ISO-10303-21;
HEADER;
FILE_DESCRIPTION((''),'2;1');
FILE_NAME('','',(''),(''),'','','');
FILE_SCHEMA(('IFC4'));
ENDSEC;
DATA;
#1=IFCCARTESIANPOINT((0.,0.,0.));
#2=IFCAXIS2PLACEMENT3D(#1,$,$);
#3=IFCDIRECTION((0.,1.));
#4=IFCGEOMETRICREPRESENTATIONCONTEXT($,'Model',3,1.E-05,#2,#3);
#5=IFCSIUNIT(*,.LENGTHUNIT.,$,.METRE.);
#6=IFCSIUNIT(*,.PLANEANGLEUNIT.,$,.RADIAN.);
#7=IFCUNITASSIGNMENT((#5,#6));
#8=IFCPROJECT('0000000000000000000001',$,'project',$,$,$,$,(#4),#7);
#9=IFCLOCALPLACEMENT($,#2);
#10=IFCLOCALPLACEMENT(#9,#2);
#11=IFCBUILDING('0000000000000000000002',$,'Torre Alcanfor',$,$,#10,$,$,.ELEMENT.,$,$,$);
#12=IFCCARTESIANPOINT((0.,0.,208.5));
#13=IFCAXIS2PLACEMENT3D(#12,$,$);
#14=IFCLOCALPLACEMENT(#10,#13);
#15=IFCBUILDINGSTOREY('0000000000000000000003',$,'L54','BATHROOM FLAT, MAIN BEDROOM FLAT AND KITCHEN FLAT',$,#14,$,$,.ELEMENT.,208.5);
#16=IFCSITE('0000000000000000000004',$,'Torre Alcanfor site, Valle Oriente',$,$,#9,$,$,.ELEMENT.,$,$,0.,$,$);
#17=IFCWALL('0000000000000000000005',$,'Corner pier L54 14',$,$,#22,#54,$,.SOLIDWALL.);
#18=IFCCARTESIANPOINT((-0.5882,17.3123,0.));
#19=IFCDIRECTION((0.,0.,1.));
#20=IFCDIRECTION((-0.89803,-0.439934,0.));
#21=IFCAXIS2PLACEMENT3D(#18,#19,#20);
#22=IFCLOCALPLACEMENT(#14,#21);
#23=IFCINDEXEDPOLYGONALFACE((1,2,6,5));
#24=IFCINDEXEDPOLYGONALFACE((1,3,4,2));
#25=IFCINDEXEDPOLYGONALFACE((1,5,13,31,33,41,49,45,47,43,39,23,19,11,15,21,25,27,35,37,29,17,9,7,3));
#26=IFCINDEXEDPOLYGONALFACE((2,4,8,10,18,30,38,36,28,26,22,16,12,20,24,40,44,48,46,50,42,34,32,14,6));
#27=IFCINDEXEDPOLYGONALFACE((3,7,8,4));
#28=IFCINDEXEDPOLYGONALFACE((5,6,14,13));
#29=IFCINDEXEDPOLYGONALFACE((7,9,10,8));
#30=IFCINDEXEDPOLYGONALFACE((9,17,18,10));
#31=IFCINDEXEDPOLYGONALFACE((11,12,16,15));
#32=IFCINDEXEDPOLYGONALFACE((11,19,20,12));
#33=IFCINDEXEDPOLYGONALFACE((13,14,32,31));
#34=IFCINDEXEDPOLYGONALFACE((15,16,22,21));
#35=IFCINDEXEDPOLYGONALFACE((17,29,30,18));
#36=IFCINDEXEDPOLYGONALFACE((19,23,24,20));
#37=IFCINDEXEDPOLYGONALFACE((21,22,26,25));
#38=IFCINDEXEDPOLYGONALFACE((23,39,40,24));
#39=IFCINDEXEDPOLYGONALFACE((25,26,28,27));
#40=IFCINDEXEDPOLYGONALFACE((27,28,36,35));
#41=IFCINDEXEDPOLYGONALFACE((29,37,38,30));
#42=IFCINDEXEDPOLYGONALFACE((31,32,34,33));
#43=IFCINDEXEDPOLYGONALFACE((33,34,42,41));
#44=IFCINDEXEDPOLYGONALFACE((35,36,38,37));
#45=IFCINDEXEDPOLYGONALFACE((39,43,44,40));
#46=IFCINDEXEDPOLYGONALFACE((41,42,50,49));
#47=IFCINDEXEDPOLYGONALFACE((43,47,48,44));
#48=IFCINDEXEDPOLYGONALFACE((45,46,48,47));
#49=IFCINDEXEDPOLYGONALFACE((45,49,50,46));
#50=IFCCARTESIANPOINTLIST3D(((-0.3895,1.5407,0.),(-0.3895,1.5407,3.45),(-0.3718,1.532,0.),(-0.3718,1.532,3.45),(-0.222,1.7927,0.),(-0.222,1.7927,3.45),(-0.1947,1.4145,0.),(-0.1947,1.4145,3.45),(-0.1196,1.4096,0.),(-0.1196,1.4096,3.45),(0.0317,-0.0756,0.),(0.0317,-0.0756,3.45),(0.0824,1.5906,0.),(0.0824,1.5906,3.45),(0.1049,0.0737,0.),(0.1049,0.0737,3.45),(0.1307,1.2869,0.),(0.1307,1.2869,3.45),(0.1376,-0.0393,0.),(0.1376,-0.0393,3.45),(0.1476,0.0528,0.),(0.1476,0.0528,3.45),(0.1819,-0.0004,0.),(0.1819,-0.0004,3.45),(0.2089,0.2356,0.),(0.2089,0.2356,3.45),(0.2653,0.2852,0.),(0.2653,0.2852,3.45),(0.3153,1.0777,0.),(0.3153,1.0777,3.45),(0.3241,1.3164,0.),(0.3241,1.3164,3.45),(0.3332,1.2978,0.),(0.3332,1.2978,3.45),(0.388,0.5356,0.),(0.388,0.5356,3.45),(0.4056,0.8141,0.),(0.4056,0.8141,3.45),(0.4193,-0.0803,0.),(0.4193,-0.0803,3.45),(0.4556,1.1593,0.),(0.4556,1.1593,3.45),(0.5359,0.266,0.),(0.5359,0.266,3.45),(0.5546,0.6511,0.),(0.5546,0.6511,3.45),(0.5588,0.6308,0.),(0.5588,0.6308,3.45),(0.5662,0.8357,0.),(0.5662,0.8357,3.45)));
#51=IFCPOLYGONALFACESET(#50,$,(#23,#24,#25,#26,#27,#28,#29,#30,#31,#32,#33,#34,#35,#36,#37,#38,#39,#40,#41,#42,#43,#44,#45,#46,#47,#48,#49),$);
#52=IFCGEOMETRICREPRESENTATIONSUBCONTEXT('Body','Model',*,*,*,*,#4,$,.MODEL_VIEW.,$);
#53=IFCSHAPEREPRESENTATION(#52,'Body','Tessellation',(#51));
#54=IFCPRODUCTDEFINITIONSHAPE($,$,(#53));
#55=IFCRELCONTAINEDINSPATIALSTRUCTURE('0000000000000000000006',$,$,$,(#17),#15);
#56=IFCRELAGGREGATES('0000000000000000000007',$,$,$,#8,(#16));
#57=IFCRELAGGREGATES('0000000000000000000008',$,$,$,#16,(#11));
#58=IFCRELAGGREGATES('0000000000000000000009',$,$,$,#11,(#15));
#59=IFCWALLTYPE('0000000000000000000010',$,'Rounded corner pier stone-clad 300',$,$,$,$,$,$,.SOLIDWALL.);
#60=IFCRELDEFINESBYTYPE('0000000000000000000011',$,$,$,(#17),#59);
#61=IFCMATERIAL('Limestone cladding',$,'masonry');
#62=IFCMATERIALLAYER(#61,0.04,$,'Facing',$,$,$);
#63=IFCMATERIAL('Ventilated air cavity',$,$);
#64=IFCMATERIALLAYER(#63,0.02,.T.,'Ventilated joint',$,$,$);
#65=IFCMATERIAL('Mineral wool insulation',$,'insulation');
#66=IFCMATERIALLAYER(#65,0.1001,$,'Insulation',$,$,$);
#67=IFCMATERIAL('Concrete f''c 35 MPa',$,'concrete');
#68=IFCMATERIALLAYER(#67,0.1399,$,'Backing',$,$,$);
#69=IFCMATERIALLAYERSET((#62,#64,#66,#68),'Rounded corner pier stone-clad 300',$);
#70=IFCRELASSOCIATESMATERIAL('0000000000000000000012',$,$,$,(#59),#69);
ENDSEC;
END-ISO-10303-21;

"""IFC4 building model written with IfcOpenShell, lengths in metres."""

from ifc_helpers import new_model, si_unit, direction, frame, origin, place, context, subcontext, project, spatial, polyline, outline, extrude, material, layer, layer_set, type_object, element, save


model = new_model("IFC4")

# Units and contexts
model_context = context("Model", 3, precision=1e-05, world=origin(), true_north=direction((0.0, 1.0)))
body_context = subcontext(model_context, "Body", "Model", "MODEL_VIEW")
ifc_project = project(units=[si_unit("LENGTHUNIT", "METRE"), si_unit("PLANEANGLEUNIT", "RADIAN")], contexts=[model_context])

# Site, building, storey
site_placement = place(None, origin())
site = spatial("IfcSite", under=ifc_project, at=site_placement, Name="Torre Alcanfor site, Valle Oriente", CompositionType="ELEMENT", RefElevation=0.0)
building_placement = place(site_placement, origin())
building = spatial("IfcBuilding", under=site, at=building_placement, Name="Torre Alcanfor", CompositionType="ELEMENT")
storey_placement = place(building_placement, frame((0.0, 0.0, 208.5)))
storey = spatial("IfcBuildingStorey", under=building, at=storey_placement, Name="L54", Description="BATHROOM FLAT, MAIN BEDROOM FLAT AND KITCHEN FLAT", CompositionType="ELEMENT", Elevation=208.5)

# Wall
ifc_material_1 = material(Name="Limestone cladding", Category="masonry")
ifc_layer_1 = layer(ifc_material_1, 0.04, Name="Facing")
ifc_material_2 = material(Name="Ventilated air cavity")
ifc_layer_2 = layer(ifc_material_2, 0.02, ventilated=True, Name="Ventilated joint")
ifc_material_3 = material(Name="Mineral wool insulation", Category="insulation")
ifc_layer_3 = layer(ifc_material_3, 0.1001, Name="Insulation")
ifc_material_4 = material(Name="Concrete f'c 35 MPa", Category="concrete")
ifc_layer_4 = layer(ifc_material_4, 0.1399, Name="Backing")
ifc_layer_set_1 = layer_set([ifc_layer_1, ifc_layer_2, ifc_layer_3, ifc_layer_4], Name="Rounded corner pier stone-clad 300")
wall_type_1 = type_object("IfcWallType", Name="Rounded corner pier stone-clad 300", PredefinedType="SOLIDWALL", material=ifc_layer_set_1)
wall_1_placement = place(storey_placement, frame((-0.5882, 17.3123, 0.0), z_axis=(0.0, 0.0, 1.0), x_axis=(-0.89803, -0.439934, 0.0)))
element("IfcWall", 1, at=wall_1_placement, inside=storey, type_object=wall_type_1, Name="Corner pier L54 14", PredefinedType="SOLIDWALL", context=body_context, shape_type="SweptSolid", body=[
    extrude(outline(polyline([(-0.222, 1.7927), (-0.3895, 1.5407), (-0.3718, 1.532), (-0.1947, 1.4145), (-0.1196, 1.4096), (0.1307, 1.2869), (0.3153, 1.0777), (0.4056, 0.8141), (0.388, 0.5356), (0.2653, 0.2852), (0.2089, 0.2356), (0.1476, 0.0528), (0.1049, 0.0737), (0.0317, -0.0756), (0.1376, -0.0393), (0.1819, -0.0004), (0.4193, -0.0803), (0.5359, 0.266), (0.5588, 0.6308), (0.5546, 0.6511), (0.5662, 0.8357), (0.4556, 1.1593), (0.3332, 1.2978), (0.3241, 1.3164), (0.0824, 1.5906), (-0.222, 1.7927)])), origin(), (0.0, 0.0, 1.0), 3.45),
])

save(model, "model.ifc")
